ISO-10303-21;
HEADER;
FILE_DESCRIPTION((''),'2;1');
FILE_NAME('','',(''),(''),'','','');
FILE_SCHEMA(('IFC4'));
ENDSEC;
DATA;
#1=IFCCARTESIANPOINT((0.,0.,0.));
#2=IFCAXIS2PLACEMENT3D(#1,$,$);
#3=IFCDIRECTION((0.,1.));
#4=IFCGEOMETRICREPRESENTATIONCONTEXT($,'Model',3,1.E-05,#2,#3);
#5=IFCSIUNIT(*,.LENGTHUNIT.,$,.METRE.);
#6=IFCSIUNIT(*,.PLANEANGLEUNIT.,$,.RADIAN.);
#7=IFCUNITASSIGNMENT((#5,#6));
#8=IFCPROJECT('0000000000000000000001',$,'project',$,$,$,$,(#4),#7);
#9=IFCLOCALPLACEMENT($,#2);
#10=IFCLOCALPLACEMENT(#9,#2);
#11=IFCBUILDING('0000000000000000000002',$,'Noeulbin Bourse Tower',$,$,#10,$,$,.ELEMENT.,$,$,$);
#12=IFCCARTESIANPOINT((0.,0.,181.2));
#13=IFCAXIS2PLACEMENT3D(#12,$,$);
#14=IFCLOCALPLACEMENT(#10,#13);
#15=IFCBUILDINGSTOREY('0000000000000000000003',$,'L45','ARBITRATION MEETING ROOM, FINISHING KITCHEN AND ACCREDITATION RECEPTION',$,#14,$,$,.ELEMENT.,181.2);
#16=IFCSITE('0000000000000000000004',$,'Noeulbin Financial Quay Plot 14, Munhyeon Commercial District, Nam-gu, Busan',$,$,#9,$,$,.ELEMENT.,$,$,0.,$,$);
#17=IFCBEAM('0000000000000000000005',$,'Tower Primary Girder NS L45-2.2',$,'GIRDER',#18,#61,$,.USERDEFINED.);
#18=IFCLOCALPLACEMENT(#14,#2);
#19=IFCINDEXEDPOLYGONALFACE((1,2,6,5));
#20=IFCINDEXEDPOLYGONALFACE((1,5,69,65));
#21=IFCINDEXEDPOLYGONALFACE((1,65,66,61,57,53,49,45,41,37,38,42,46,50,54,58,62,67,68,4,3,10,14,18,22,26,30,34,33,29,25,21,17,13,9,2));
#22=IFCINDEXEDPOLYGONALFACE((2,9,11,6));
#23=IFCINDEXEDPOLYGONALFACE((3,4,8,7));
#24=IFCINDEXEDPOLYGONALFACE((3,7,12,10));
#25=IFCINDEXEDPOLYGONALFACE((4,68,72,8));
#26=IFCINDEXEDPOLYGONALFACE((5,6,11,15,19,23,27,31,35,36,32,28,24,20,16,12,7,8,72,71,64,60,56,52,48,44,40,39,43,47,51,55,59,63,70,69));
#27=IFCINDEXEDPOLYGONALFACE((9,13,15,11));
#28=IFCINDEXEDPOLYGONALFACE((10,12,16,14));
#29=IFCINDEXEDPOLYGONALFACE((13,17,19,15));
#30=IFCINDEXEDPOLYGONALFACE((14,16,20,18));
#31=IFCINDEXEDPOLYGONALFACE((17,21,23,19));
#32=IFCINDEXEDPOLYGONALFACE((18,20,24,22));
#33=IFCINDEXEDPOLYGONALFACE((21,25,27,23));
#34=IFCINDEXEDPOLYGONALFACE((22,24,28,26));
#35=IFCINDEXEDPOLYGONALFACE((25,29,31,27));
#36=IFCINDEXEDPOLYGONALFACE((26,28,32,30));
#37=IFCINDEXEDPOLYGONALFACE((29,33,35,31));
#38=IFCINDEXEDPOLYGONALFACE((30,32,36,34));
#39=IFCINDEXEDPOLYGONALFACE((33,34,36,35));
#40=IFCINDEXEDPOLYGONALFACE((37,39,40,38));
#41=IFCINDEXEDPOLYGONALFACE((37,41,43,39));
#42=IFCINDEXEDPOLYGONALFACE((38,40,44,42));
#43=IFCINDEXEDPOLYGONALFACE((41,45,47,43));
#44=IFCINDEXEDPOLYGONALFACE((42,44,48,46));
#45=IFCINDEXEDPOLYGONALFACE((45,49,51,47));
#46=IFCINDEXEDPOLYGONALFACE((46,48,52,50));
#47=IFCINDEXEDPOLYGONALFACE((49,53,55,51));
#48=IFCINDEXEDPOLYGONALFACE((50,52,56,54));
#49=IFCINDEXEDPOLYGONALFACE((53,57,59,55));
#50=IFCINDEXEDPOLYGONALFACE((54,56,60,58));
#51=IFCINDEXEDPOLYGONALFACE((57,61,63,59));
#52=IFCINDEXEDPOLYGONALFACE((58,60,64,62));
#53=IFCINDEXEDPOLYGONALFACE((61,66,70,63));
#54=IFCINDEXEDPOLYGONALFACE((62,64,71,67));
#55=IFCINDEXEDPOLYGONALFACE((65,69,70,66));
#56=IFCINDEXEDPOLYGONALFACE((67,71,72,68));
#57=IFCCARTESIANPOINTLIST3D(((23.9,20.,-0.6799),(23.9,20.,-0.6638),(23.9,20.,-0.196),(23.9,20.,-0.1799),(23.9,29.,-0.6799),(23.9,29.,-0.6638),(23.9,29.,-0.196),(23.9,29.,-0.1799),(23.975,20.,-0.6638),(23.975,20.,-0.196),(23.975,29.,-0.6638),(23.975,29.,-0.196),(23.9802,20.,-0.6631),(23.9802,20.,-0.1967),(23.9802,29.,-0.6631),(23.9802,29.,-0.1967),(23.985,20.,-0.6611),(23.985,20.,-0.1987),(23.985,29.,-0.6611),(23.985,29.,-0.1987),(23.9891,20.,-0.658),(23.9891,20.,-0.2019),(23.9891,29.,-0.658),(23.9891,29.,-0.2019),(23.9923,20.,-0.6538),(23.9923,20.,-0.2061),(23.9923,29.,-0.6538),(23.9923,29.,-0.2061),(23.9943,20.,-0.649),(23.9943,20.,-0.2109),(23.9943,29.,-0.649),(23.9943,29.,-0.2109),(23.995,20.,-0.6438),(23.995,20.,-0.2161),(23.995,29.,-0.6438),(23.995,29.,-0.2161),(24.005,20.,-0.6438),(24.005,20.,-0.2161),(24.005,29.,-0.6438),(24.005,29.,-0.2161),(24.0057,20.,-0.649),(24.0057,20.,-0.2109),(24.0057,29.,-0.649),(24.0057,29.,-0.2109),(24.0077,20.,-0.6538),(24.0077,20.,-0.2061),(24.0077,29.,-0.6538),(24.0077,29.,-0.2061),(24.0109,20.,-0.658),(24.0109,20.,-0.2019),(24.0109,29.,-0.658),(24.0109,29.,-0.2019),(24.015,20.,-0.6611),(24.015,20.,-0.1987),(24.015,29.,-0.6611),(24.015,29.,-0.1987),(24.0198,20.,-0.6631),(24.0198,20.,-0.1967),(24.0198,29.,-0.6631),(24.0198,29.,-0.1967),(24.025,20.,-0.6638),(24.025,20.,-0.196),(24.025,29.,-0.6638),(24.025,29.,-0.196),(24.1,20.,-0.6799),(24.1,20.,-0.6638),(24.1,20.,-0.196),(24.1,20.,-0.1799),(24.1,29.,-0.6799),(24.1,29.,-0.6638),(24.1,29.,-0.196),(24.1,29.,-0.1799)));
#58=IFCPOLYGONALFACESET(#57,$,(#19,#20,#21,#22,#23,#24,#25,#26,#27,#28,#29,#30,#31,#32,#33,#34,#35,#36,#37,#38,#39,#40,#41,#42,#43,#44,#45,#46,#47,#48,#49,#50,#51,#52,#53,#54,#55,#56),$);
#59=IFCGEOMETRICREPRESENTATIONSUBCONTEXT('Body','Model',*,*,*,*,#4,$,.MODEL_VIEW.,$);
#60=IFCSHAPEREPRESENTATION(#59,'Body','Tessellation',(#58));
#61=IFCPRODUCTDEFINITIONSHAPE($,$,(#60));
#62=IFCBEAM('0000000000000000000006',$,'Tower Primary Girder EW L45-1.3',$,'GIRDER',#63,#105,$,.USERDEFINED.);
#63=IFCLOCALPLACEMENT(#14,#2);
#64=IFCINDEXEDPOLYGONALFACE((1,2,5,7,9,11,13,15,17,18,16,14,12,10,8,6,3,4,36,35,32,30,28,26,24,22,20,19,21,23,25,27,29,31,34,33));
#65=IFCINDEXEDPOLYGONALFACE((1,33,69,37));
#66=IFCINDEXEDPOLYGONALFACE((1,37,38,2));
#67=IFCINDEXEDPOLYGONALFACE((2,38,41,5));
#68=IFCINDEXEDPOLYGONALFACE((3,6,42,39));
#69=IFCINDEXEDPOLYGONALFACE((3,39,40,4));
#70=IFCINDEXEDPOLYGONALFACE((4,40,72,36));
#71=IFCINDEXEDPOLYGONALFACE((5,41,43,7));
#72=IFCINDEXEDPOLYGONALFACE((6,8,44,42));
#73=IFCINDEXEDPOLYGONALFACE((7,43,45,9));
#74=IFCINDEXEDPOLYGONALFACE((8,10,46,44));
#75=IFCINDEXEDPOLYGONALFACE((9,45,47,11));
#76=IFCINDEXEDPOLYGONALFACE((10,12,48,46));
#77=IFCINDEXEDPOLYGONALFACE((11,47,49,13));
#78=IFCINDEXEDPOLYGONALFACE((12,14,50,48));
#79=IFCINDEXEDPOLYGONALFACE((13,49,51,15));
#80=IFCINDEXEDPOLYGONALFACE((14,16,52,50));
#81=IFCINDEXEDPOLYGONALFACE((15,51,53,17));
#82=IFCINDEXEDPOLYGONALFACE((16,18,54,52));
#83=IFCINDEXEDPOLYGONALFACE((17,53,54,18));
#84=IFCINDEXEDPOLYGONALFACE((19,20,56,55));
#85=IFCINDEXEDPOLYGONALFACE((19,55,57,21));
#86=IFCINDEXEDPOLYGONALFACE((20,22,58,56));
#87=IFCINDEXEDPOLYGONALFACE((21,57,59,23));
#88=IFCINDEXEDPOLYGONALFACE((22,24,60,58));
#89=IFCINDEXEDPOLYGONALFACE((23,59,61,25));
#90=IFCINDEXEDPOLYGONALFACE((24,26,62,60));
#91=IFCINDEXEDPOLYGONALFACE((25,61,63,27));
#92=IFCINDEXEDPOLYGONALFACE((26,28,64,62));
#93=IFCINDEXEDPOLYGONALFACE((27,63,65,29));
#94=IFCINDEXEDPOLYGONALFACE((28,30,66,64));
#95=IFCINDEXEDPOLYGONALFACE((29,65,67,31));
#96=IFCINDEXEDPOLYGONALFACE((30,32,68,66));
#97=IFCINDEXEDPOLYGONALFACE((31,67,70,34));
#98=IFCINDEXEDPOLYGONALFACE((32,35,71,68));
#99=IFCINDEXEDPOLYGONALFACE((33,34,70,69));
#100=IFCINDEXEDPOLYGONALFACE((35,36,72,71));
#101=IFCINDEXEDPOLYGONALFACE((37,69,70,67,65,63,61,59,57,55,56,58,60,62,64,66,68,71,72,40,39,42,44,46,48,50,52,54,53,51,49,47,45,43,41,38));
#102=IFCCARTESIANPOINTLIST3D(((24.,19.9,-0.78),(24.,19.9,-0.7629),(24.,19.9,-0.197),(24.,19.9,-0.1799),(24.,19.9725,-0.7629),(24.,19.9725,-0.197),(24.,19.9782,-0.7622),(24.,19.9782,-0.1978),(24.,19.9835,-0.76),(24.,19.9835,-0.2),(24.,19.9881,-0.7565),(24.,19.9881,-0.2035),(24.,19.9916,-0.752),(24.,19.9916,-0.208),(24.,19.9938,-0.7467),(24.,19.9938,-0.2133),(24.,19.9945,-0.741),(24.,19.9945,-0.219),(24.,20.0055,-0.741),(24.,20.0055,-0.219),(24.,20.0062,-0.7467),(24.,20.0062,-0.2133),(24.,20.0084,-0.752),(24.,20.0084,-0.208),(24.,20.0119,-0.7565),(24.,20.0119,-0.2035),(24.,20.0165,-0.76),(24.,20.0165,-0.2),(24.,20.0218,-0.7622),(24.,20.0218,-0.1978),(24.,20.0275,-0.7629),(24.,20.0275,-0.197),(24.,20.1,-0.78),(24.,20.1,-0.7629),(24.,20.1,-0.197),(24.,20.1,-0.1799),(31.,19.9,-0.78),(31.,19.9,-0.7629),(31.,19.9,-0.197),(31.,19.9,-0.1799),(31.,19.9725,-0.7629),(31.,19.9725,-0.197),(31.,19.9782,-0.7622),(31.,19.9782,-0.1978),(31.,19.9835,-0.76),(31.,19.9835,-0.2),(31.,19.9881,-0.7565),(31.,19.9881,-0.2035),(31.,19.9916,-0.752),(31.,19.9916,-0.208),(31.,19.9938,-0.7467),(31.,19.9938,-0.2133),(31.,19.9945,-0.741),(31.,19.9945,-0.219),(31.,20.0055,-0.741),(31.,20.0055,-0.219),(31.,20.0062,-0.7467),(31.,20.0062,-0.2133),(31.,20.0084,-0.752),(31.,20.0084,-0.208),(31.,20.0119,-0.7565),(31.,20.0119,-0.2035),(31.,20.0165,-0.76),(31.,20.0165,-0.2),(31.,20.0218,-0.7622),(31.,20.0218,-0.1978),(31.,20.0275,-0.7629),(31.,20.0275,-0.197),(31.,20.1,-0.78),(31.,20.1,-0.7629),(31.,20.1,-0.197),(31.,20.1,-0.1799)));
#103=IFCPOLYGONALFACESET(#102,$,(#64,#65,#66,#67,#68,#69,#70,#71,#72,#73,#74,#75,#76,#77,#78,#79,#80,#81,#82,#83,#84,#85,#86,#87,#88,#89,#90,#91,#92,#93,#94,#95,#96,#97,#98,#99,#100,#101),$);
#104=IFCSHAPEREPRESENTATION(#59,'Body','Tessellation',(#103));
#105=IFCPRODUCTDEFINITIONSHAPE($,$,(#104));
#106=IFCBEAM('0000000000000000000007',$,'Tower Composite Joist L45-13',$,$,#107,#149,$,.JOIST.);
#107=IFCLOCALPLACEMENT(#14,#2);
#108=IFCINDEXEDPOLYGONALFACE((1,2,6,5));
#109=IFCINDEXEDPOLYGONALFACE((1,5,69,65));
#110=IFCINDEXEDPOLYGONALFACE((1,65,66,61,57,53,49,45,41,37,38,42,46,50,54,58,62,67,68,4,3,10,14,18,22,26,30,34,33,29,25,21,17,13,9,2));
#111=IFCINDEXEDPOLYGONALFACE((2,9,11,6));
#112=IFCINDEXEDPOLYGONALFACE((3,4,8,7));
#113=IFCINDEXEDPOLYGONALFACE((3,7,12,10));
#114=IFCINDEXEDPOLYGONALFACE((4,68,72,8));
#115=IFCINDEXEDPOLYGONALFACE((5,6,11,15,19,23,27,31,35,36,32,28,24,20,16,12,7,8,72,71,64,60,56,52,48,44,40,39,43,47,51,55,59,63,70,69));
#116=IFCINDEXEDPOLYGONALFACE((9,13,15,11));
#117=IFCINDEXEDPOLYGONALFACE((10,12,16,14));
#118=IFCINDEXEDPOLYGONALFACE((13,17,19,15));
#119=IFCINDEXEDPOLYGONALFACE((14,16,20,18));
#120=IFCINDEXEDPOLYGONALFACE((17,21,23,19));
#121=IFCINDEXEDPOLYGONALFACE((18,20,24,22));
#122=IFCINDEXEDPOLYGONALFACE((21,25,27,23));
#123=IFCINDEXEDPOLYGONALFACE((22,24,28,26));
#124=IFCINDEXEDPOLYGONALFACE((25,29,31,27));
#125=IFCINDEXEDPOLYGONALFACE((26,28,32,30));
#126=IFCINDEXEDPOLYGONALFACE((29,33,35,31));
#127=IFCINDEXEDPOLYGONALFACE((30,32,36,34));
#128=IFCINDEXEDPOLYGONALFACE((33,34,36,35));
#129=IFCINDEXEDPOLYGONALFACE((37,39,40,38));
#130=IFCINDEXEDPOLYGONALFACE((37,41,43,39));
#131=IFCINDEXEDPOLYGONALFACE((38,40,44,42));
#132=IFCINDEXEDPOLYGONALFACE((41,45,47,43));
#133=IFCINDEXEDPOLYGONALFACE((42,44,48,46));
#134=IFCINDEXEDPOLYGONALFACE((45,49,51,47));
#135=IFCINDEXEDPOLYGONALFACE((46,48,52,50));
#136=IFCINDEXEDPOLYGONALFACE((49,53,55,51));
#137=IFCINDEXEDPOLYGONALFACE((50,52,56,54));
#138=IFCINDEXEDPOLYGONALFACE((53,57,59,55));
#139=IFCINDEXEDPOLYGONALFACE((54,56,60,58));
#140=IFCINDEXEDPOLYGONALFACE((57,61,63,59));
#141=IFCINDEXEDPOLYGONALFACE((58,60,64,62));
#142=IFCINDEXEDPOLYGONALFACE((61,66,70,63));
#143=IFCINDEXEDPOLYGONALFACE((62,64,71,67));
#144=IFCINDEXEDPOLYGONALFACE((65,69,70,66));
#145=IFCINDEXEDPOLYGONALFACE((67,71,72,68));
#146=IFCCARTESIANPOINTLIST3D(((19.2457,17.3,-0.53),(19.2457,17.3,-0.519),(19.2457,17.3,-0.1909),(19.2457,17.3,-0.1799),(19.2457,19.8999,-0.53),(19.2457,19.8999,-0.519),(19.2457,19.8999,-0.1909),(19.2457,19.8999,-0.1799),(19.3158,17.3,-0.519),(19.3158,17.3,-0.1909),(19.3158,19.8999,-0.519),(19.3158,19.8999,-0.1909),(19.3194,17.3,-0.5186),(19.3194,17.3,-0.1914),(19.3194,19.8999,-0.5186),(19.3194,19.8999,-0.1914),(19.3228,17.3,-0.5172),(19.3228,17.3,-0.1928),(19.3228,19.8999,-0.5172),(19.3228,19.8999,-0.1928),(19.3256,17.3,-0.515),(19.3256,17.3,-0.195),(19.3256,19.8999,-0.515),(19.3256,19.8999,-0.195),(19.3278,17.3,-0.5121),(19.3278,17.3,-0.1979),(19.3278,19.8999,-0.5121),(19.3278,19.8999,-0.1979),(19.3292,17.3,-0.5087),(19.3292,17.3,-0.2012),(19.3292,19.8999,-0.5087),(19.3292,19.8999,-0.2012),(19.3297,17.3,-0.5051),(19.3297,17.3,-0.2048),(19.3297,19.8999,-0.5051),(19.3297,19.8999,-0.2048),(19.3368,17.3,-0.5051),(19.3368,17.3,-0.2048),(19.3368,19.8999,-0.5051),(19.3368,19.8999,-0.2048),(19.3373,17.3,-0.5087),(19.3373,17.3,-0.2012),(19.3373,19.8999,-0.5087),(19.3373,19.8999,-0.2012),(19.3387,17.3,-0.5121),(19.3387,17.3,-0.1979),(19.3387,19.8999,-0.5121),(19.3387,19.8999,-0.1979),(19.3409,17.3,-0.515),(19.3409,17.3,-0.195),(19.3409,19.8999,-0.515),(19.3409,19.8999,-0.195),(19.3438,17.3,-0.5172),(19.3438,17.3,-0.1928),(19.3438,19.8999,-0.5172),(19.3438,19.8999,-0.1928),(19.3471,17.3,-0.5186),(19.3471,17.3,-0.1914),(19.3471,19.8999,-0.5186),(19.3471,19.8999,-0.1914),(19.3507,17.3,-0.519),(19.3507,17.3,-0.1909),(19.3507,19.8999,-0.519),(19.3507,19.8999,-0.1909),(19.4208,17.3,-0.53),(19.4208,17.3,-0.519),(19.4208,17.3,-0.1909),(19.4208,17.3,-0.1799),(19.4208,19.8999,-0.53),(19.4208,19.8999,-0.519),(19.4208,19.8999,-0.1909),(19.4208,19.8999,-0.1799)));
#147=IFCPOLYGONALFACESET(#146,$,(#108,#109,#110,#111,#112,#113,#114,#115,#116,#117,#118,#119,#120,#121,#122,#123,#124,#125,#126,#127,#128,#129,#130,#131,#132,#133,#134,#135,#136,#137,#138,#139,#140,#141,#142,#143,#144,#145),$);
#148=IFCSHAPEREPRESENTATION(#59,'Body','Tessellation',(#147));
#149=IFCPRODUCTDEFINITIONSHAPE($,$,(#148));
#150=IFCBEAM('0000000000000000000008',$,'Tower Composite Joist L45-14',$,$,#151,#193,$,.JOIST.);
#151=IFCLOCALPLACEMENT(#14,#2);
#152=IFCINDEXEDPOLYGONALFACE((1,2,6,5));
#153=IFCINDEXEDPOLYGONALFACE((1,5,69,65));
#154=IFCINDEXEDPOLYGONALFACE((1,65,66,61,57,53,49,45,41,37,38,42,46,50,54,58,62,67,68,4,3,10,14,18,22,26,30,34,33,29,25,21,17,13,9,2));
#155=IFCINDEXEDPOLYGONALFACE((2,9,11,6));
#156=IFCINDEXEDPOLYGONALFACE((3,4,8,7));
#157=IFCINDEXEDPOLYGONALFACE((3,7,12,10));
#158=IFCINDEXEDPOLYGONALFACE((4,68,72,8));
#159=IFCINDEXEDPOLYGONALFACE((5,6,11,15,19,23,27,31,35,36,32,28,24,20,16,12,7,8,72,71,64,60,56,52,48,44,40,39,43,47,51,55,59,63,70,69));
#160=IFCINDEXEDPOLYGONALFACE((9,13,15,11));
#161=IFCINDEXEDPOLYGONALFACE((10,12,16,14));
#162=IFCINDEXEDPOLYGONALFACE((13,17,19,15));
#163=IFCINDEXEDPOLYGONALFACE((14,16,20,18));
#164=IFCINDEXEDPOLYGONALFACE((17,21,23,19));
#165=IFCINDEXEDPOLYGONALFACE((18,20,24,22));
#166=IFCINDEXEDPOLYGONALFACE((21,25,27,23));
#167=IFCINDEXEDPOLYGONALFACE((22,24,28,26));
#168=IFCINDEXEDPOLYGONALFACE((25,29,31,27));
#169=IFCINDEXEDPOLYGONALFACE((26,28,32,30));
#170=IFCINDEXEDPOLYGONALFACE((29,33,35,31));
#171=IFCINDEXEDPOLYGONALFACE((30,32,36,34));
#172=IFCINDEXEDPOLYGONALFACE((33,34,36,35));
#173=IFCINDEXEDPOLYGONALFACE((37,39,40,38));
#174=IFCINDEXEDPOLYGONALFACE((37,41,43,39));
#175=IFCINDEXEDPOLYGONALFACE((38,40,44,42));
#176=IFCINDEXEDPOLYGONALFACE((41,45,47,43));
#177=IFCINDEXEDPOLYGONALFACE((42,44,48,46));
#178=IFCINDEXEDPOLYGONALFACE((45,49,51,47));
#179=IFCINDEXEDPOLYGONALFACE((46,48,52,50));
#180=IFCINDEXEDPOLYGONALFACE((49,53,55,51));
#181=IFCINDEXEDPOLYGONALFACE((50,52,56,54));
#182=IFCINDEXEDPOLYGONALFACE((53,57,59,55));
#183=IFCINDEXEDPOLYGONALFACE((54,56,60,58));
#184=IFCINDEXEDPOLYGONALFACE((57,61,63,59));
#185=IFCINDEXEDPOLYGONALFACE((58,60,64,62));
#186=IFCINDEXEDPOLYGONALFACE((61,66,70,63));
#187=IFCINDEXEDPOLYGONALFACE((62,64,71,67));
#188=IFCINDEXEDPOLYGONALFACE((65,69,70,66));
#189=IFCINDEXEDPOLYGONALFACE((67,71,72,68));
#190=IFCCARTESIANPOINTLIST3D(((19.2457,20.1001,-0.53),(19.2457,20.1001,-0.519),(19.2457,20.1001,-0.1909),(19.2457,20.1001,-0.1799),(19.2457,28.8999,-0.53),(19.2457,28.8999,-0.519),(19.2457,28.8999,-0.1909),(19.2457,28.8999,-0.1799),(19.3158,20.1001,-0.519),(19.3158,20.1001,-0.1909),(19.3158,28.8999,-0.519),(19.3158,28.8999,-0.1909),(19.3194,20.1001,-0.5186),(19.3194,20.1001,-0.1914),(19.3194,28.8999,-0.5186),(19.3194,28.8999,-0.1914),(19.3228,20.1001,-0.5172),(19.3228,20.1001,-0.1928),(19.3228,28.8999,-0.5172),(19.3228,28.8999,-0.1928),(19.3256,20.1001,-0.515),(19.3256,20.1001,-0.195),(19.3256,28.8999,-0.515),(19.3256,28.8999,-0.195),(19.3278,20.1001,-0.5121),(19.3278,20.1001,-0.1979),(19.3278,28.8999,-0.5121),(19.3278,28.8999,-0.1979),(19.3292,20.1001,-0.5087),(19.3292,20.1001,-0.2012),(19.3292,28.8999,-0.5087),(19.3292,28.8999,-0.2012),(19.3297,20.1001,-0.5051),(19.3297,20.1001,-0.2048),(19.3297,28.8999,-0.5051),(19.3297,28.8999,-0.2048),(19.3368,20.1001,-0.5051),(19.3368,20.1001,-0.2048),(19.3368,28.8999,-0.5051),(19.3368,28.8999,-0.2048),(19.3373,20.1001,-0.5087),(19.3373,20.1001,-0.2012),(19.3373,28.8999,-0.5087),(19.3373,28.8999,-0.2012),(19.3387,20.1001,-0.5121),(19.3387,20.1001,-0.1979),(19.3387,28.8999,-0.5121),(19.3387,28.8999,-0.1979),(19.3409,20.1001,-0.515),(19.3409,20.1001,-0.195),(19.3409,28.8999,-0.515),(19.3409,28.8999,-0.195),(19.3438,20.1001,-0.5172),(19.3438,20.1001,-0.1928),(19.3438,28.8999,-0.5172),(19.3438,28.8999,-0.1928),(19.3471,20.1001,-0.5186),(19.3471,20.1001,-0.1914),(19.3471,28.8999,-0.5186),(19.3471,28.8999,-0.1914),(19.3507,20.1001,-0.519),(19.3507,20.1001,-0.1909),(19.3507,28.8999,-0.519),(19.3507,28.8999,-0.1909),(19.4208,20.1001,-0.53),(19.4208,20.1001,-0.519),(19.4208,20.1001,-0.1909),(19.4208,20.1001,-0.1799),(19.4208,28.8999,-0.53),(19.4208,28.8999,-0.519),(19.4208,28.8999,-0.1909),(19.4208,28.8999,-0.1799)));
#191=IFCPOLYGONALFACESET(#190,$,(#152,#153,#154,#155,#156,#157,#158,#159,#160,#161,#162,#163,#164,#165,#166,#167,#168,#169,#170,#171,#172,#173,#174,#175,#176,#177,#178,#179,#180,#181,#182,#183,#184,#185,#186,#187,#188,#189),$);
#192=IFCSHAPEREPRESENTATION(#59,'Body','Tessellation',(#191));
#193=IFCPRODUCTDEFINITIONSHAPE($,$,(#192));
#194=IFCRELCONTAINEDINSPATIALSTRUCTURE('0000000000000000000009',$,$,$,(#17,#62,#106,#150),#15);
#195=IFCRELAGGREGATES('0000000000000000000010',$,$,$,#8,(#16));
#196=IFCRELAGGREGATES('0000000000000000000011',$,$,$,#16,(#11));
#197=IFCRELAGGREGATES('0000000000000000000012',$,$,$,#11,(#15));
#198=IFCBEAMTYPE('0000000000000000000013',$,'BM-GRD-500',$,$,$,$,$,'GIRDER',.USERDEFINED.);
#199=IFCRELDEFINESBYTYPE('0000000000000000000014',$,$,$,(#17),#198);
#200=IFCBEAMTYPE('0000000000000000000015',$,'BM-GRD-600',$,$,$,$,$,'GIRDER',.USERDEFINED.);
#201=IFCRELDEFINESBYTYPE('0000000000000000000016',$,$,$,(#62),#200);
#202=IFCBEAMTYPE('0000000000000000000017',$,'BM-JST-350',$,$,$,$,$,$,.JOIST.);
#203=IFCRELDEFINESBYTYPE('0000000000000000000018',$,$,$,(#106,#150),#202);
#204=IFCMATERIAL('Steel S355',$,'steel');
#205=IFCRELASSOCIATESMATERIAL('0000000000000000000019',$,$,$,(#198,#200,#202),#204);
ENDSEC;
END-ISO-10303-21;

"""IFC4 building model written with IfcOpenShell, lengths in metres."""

from ifc_helpers import new_model, si_unit, direction, frame, origin, origin_2d, place, context, subcontext, project, spatial, i_section, extrude, material, material_profile, profile_set, type_object, element, save


model = new_model("IFC4")

# Units and contexts
model_context = context("Model", 3, precision=1e-05, world=origin(), true_north=direction((0.0, 1.0)))
body_context = subcontext(model_context, "Body", "Model", "MODEL_VIEW")
ifc_project = project(units=[si_unit("LENGTHUNIT", "METRE"), si_unit("PLANEANGLEUNIT", "RADIAN")], contexts=[model_context])

# Site, building, storey
site_placement = place(None, origin())
site = spatial("IfcSite", under=ifc_project, at=site_placement, Name="Noeulbin Financial Quay Plot 14, Munhyeon Commercial District, Nam-gu, Busan", CompositionType="ELEMENT", RefElevation=0.0)
building_placement = place(site_placement, origin())
building = spatial("IfcBuilding", under=site, at=building_placement, Name="Noeulbin Bourse Tower", CompositionType="ELEMENT")
storey_placement = place(building_placement, frame((0.0, 0.0, 181.2)))
storey = spatial("IfcBuildingStorey", under=building, at=storey_placement, Name="L45", Description="ARBITRATION MEETING ROOM, FINISHING KITCHEN AND ACCREDITATION RECEPTION", CompositionType="ELEMENT", Elevation=181.2)

# Shared definitions
ifc_material_1 = material(Name="Steel S355", Category="steel")

# Beams
ifc_material_profile_1 = material_profile(ifc_material_1, i_section(OverallWidth=0.2, OverallDepth=0.5, WebThickness=0.01, FlangeThickness=0.0161, FilletRadius=0.02, at=origin_2d()), Name="H-500x200x10x16", Category="LoadBearing")
ifc_profile_set_1 = profile_set([ifc_material_profile_1], Name="Steel S355")
beam_type_1 = type_object("IfcBeamType", Name="BM-GRD-500", ElementType="GIRDER", PredefinedType="USERDEFINED", material=ifc_profile_set_1)
beam_1_placement = place(storey_placement, frame((24.0, 20.0, -0.4299), z_axis=(0.0, 1.0, 0.0), x_axis=(-1.0, 0.0, 0.0)))
element("IfcBeam", 1, at=beam_1_placement, inside=storey, type_object=beam_type_1, Name="Tower Primary Girder NS L45-2.2", ObjectType="GIRDER", PredefinedType="USERDEFINED", context=body_context, shape_type="SweptSolid", body=[
    extrude(i_section(OverallWidth=0.2, OverallDepth=0.5, WebThickness=0.01, FlangeThickness=0.0161, FilletRadius=0.02, at=origin_2d()), origin(), (0.0, 0.0, 1.0), 9.0),
])
ifc_material_profile_2 = material_profile(ifc_material_1, i_section(OverallWidth=0.2, OverallDepth=0.6001, WebThickness=0.011, FlangeThickness=0.0171, FilletRadius=0.022, at=origin_2d()), Name="H-600x200x11x17", Category="LoadBearing")
ifc_profile_set_2 = profile_set([ifc_material_profile_2], Name="Steel S355")
beam_type_2 = type_object("IfcBeamType", Name="BM-GRD-600", ElementType="GIRDER", PredefinedType="USERDEFINED", material=ifc_profile_set_2)
beam_2_placement = place(storey_placement, frame((24.0, 20.0, -0.48), z_axis=(1.0, 0.0, 0.0), x_axis=(0.0, 1.0, 0.0)))
element("IfcBeam", 2, at=beam_2_placement, inside=storey, type_object=beam_type_2, Name="Tower Primary Girder EW L45-1.3", ObjectType="GIRDER", PredefinedType="USERDEFINED", context=body_context, shape_type="SweptSolid", body=[
    extrude(i_section(OverallWidth=0.2, OverallDepth=0.6001, WebThickness=0.011, FlangeThickness=0.0171, FilletRadius=0.022, at=origin_2d()), origin(), (0.0, 0.0, 1.0), 7.0),
])
ifc_material_profile_3 = material_profile(ifc_material_1, i_section(OverallWidth=0.175, OverallDepth=0.3501, WebThickness=0.0071, FlangeThickness=0.011, FilletRadius=0.0139, at=origin_2d()), Name="H-350x175x7x11", Category="LoadBearing")
ifc_profile_set_3 = profile_set([ifc_material_profile_3], Name="Steel S355")
beam_type_3 = type_object("IfcBeamType", Name="BM-JST-350", PredefinedType="JOIST", material=ifc_profile_set_3)
beam_3_placement = place(storey_placement, frame((19.3333, 17.3, -0.355), z_axis=(0.0, 1.0, 0.0), x_axis=(-1.0, 0.0, 0.0)))
element("IfcBeam", 3, at=beam_3_placement, inside=storey, type_object=beam_type_3, Name="Tower Composite Joist L45-13", PredefinedType="JOIST", context=body_context, shape_type="SweptSolid", body=[
    extrude(i_section(OverallWidth=0.175, OverallDepth=0.3501, WebThickness=0.0071, FlangeThickness=0.011, FilletRadius=0.0139, at=origin_2d()), origin(), (0.0, 0.0, 1.0), 2.5999),
])
beam_4_placement = place(storey_placement, frame((19.3333, 20.1001, -0.355), z_axis=(0.0, 1.0, 0.0), x_axis=(-1.0, 0.0, 0.0)))
element("IfcBeam", 4, at=beam_4_placement, inside=storey, type_object=beam_type_3, Name="Tower Composite Joist L45-14", PredefinedType="JOIST", context=body_context, shape_type="SweptSolid", body=[
    extrude(i_section(OverallWidth=0.175, OverallDepth=0.3501, WebThickness=0.0071, FlangeThickness=0.011, FilletRadius=0.0139, at=origin_2d()), origin(), (0.0, 0.0, 1.0), 8.7998),
])

save(model, "model.ifc")
